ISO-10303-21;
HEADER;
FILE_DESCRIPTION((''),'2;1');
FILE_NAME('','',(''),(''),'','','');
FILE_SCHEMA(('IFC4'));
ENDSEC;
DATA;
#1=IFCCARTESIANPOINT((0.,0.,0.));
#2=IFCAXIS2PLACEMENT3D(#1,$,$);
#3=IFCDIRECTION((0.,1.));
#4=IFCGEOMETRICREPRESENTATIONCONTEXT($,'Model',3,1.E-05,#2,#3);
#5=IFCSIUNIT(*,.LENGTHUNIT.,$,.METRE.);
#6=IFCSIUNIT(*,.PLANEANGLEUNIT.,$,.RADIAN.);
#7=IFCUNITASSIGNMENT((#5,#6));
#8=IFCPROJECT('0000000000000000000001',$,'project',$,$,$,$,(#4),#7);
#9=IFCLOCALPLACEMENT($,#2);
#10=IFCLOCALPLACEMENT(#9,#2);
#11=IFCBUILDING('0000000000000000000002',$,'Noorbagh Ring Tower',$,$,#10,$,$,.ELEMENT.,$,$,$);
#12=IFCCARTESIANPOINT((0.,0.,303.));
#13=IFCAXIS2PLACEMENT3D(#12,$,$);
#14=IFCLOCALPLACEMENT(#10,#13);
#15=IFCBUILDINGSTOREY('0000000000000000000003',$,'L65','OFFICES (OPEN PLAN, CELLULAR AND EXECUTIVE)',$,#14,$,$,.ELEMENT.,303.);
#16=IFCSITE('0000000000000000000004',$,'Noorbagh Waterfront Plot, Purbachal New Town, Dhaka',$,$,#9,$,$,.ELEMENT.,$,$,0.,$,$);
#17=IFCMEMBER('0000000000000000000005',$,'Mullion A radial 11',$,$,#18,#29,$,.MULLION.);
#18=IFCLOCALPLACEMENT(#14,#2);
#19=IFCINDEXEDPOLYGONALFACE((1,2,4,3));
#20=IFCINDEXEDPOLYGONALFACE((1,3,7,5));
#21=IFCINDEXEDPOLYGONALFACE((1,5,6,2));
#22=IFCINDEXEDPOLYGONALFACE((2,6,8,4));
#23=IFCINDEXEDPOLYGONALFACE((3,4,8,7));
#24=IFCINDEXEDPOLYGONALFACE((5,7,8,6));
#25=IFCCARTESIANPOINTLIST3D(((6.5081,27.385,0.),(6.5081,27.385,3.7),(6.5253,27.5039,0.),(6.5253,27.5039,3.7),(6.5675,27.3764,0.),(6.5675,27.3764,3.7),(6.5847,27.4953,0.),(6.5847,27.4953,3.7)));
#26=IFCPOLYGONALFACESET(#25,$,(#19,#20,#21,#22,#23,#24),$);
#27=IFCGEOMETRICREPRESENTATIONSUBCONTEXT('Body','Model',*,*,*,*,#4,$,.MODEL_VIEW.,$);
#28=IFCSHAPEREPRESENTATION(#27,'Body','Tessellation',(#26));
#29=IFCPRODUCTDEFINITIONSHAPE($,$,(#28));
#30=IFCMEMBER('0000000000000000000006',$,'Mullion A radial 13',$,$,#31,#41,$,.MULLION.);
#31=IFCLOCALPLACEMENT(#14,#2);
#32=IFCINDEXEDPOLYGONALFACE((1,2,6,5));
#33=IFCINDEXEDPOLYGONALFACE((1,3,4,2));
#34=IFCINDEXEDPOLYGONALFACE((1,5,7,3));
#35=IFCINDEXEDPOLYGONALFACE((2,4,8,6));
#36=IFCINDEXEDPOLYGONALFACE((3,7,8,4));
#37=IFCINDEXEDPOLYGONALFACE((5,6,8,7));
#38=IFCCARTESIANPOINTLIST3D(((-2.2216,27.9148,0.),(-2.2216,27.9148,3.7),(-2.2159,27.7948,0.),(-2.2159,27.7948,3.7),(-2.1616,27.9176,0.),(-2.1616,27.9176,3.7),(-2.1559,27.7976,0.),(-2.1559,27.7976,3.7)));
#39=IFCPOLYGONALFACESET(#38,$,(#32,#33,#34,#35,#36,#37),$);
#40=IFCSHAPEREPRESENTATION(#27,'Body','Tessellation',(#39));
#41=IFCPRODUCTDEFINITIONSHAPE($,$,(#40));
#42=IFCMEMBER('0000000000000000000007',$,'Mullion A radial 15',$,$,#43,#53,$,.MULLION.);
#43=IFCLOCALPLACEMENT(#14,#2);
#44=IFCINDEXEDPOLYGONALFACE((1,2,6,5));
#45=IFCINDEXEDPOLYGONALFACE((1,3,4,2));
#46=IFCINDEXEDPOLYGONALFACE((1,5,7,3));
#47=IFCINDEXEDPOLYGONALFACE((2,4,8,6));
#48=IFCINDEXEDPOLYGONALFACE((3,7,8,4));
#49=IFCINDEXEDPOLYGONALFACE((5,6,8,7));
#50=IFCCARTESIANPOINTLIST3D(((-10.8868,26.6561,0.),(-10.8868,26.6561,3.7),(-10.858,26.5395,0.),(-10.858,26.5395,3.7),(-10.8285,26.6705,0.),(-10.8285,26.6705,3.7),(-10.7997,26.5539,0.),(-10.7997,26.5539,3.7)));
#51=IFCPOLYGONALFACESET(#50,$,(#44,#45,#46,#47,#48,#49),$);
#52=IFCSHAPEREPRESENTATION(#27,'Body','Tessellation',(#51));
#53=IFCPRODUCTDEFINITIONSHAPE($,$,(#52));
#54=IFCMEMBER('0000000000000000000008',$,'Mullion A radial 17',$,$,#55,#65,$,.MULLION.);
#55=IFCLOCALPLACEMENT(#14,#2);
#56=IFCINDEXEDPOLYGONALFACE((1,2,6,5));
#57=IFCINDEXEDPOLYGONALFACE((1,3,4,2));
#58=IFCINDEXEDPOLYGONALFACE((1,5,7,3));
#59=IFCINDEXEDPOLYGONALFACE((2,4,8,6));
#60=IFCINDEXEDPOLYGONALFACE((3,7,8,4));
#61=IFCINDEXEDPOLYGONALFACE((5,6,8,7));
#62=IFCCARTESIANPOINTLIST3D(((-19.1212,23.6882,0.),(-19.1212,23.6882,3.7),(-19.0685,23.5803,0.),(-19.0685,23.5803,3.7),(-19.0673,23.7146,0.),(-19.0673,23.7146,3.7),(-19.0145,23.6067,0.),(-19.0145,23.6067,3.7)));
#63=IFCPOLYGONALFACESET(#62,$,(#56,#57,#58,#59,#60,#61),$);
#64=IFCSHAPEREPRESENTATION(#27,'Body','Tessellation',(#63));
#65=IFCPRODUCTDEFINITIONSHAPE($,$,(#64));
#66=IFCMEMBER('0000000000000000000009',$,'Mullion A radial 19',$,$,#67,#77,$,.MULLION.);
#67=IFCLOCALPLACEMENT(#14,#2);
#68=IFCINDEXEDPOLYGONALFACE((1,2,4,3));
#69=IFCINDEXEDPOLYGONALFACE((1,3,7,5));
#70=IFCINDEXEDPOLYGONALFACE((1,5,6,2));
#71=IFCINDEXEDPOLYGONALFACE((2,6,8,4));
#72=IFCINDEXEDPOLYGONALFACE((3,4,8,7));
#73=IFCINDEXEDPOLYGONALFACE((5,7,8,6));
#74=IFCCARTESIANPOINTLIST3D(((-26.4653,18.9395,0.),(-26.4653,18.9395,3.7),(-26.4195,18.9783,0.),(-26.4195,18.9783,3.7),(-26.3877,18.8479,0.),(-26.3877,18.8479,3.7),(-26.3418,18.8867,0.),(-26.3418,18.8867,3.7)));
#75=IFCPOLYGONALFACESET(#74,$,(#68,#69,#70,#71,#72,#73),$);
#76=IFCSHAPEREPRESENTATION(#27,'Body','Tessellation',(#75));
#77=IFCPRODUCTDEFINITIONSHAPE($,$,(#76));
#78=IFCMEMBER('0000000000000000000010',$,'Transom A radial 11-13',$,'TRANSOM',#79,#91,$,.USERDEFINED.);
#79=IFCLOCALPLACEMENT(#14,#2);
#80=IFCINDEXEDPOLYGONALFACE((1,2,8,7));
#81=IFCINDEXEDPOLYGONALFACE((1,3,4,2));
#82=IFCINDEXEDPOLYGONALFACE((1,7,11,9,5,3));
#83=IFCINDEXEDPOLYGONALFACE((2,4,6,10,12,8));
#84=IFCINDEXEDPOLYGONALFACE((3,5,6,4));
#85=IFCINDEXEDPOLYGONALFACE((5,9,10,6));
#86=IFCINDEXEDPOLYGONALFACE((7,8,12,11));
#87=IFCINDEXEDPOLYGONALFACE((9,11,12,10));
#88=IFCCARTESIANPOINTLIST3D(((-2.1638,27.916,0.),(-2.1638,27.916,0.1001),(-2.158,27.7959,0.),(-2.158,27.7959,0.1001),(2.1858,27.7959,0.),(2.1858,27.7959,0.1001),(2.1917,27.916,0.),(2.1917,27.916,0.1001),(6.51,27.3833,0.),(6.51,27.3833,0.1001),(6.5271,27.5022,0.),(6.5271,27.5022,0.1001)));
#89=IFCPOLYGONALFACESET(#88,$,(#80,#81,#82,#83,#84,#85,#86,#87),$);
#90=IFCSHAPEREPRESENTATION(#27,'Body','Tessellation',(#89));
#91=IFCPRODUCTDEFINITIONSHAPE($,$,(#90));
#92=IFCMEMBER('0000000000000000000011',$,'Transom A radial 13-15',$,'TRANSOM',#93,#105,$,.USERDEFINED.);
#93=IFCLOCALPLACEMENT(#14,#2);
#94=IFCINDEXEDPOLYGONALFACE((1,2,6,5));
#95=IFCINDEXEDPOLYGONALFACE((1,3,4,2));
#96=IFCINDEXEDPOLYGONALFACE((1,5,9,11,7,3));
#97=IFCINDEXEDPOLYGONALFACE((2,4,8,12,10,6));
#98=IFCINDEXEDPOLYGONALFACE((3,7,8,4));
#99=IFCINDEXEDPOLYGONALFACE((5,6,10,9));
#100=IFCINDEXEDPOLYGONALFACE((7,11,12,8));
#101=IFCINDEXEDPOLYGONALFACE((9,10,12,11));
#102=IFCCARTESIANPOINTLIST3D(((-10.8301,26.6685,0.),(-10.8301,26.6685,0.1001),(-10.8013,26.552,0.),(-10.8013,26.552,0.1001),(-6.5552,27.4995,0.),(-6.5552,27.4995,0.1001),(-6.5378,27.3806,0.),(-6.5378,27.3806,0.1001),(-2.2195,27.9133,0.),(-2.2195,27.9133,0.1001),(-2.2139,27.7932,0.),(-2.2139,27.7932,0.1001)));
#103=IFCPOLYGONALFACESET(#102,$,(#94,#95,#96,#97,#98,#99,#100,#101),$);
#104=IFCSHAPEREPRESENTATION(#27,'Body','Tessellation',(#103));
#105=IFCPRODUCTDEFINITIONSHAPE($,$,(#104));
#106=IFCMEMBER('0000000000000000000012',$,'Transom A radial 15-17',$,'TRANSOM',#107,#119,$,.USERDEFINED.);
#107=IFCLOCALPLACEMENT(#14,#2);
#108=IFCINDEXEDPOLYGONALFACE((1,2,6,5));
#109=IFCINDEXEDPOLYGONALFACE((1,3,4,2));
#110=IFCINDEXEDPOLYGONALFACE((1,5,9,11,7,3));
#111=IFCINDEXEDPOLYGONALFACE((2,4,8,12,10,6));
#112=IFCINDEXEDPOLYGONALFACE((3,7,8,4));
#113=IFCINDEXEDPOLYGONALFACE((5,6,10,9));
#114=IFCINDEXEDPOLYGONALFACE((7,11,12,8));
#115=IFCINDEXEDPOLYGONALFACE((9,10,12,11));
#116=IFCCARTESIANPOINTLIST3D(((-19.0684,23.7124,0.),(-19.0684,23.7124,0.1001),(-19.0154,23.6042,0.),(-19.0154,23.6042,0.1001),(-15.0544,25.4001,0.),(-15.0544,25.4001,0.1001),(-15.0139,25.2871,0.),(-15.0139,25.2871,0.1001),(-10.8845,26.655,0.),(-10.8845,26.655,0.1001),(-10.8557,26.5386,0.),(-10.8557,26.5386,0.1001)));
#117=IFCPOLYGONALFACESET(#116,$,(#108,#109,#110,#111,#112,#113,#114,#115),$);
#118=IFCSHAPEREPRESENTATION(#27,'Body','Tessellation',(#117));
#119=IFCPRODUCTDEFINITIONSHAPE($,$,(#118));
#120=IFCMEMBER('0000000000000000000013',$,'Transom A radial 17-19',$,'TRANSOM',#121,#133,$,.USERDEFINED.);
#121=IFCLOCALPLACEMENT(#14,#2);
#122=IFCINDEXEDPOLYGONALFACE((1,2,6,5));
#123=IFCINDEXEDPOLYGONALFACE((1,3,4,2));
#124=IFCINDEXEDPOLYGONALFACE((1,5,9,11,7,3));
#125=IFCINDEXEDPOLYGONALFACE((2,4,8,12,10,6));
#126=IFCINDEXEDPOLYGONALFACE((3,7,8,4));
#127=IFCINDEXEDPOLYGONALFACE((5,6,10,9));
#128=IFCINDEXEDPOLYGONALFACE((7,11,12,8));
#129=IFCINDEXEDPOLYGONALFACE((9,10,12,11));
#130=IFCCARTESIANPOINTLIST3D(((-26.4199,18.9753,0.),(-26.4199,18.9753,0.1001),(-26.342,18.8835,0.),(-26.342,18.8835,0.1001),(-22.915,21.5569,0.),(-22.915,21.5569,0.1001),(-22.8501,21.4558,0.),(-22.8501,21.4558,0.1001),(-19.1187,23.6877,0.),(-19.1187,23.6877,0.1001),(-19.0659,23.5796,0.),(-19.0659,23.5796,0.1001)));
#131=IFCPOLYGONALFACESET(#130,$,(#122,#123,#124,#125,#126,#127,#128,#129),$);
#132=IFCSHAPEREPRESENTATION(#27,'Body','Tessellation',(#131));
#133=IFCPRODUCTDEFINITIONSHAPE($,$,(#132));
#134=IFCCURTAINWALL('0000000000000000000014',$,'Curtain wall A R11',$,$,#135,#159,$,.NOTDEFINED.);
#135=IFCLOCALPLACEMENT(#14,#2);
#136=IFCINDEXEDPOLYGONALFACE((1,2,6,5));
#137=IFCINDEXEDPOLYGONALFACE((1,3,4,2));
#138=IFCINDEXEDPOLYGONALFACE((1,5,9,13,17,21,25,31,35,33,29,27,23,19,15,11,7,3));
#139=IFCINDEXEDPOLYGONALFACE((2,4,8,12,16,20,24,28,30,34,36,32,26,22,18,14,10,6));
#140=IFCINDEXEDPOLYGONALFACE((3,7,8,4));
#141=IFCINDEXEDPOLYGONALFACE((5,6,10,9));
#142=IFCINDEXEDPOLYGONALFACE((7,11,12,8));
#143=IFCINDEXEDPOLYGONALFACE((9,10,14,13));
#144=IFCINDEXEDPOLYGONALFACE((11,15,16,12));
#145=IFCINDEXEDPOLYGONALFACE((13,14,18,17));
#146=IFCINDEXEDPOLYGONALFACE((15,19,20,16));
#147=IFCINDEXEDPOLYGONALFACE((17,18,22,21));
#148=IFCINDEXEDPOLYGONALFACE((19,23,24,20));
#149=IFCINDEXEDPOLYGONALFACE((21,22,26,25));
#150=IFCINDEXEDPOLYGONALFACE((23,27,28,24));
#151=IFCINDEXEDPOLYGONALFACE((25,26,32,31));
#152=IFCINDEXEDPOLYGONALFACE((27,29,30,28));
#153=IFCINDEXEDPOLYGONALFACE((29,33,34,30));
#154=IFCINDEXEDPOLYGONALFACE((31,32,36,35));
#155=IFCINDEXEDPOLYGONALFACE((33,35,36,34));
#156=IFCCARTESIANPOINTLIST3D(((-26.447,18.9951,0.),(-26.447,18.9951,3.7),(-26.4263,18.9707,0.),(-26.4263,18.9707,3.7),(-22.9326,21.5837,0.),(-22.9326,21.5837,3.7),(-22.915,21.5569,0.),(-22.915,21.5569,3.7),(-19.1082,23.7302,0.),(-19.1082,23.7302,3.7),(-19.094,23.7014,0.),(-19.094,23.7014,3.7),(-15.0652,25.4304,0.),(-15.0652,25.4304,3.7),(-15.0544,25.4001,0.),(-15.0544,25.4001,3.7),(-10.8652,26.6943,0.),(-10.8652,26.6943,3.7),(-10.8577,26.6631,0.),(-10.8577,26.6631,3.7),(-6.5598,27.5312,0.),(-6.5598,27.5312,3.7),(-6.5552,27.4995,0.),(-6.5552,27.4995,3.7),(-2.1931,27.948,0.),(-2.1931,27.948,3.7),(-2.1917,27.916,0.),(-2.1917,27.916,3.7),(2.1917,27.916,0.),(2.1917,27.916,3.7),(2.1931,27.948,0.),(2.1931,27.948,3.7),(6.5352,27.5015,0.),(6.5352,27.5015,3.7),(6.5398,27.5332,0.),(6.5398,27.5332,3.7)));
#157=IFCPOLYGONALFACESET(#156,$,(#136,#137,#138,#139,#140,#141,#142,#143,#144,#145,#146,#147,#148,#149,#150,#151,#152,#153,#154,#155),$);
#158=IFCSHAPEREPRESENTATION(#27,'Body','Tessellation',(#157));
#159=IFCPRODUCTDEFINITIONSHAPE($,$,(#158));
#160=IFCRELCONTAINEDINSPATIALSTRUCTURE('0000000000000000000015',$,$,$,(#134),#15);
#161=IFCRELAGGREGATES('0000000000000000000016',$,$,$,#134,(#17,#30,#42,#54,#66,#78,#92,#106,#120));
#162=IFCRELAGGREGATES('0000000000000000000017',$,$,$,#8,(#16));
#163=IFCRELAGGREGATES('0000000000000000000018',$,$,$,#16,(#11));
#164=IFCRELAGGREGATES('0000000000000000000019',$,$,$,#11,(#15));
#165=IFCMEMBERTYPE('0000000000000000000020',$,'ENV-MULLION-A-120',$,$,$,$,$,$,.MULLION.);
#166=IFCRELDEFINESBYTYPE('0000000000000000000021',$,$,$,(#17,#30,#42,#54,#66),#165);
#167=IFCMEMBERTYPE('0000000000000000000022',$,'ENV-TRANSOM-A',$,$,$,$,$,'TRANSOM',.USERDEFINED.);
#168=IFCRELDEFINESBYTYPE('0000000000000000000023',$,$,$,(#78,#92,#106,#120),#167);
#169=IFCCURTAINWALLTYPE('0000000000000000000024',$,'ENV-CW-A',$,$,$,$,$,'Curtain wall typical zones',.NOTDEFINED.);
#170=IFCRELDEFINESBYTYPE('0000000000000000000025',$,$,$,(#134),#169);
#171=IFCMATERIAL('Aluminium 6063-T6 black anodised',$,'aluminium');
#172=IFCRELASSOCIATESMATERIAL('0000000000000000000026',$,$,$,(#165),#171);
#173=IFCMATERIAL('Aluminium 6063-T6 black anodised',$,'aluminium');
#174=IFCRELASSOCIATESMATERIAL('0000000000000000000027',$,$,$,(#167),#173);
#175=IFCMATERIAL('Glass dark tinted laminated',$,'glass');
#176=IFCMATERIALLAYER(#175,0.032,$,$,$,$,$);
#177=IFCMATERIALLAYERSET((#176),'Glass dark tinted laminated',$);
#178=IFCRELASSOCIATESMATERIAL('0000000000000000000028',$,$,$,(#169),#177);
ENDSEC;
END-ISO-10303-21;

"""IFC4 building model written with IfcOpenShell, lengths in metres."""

from ifc_helpers import new_model, si_unit, direction, frame, origin, origin_2d, place, context, subcontext, project, spatial, polyline, rectangle, outline, extrude, material, layer, layer_set, material_profile, profile_set, type_object, element, aggregate, save


model = new_model("IFC4")

# Units and contexts
model_context = context("Model", 3, precision=1e-05, world=origin(), true_north=direction((0.0, 1.0)))
body_context = subcontext(model_context, "Body", "Model", "MODEL_VIEW")
ifc_project = project(units=[si_unit("LENGTHUNIT", "METRE"), si_unit("PLANEANGLEUNIT", "RADIAN")], contexts=[model_context])

# Members
ifc_material_1 = material(Name="Aluminium 6063-T6 black anodised", Category="aluminium")
ifc_material_profile = material_profile(ifc_material_1, rectangle(XDim=0.1201, YDim=0.0601, at=origin_2d()), Name="120x60")
ifc_profile_set = profile_set([ifc_material_profile], Name="Aluminium 6063-T6 black anodised")
member_type_1 = type_object("IfcMemberType", Name="ENV-MULLION-A-120", PredefinedType="MULLION", material=ifc_profile_set)
site_placement = place(None, origin())
building_placement = place(site_placement, origin())
storey_placement = place(building_placement, frame((0.0, 0.0, 303.0)))
member_1_placement = place(storey_placement, frame((6.5464, 27.4402, 0.0), z_axis=(0.0, 0.0, 1.0), x_axis=(-0.143082, -0.989711, 0.0)))
member_1 = element("IfcMember", 1, at=member_1_placement, type_object=member_type_1, Name="Mullion A radial 11", PredefinedType="MULLION", context=body_context, shape_type="SweptSolid", body=[
    extrude(rectangle(XDim=0.1201, YDim=0.0601, at=origin_2d()), origin(), (0.0, 0.0, 1.0), 3.7),
])
member_2_placement = place(storey_placement, frame((-2.1887, 27.8562, 0.0), z_axis=(0.0, 0.0, 1.0), x_axis=(0.047558, -0.998868, 0.0)))
member_2 = element("IfcMember", 2, at=member_2_placement, type_object=member_type_1, Name="Mullion A radial 13", PredefinedType="MULLION", context=body_context, shape_type="SweptSolid", body=[
    extrude(rectangle(XDim=0.1201, YDim=0.0601, at=origin_2d()), origin(), (0.0, 0.0, 1.0), 3.7),
])
member_3_placement = place(storey_placement, frame((-10.8433, 26.605, 0.0), z_axis=(0.0, 0.0, 1.0), x_axis=(0.239799, -0.970823, 0.0)))
member_3 = element("IfcMember", 3, at=member_3_placement, type_object=member_type_1, Name="Mullion A radial 15", PredefinedType="MULLION", context=body_context, shape_type="SweptSolid", body=[
    extrude(rectangle(XDim=0.1201, YDim=0.0601, at=origin_2d()), origin(), (0.0, 0.0, 1.0), 3.7),
])
member_4_placement = place(storey_placement, frame((-19.0679, 23.6475, 0.0), z_axis=(0.0, 0.0, 1.0), x_axis=(0.439238, -0.898371, 0.0)))
member_4 = element("IfcMember", 4, at=member_4_placement, type_object=member_type_1, Name="Mullion A radial 17", PredefinedType="MULLION", context=body_context, shape_type="SweptSolid", body=[
    extrude(rectangle(XDim=0.1201, YDim=0.0601, at=origin_2d()), origin(), (0.0, 0.0, 1.0), 3.7),
])
member_5_placement = place(storey_placement, frame((-26.4036, 18.9131, 0.0), z_axis=(0.0, 0.0, 1.0), x_axis=(0.646451, -0.762955, 0.0)))
member_5 = element("IfcMember", 5, at=member_5_placement, type_object=member_type_1, Name="Mullion A radial 19", PredefinedType="MULLION", context=body_context, shape_type="SweptSolid", body=[
    extrude(rectangle(XDim=0.1201, YDim=0.0601, at=origin_2d()), origin(), (0.0, 0.0, 1.0), 3.7),
])
ifc_material_2 = material(Name="Aluminium 6063-T6 black anodised", Category="aluminium")
member_type_2 = type_object("IfcMemberType", Name="ENV-TRANSOM-A", ElementType="TRANSOM", PredefinedType="USERDEFINED", material=ifc_material_2)
member_6_placement = place(storey_placement, origin())
member_6 = element("IfcMember", 6, at=member_6_placement, type_object=member_type_2, Name="Transom A radial 11-13", ObjectType="TRANSOM", PredefinedType="USERDEFINED", context=body_context, shape_type="SweptSolid", body=[
    extrude(outline(polyline([(6.5271, 27.5022), (2.1917, 27.916), (-2.1638, 27.916), (-2.158, 27.7959), (2.1858, 27.7959), (6.51, 27.3833), (6.5271, 27.5022)])), origin(), (0.0, 0.0, 1.0), 0.1001),
])
member_7_placement = place(storey_placement, origin())
member_7 = element("IfcMember", 7, at=member_7_placement, type_object=member_type_2, Name="Transom A radial 13-15", ObjectType="TRANSOM", PredefinedType="USERDEFINED", context=body_context, shape_type="SweptSolid", body=[
    extrude(outline(polyline([(-2.2195, 27.9133), (-6.5552, 27.4995), (-10.8301, 26.6685), (-10.8013, 26.552), (-6.5378, 27.3806), (-2.2139, 27.7932), (-2.2195, 27.9133)])), origin(), (0.0, 0.0, 1.0), 0.1001),
])
member_8_placement = place(storey_placement, origin())
member_8 = element("IfcMember", 8, at=member_8_placement, type_object=member_type_2, Name="Transom A radial 15-17", ObjectType="TRANSOM", PredefinedType="USERDEFINED", context=body_context, shape_type="SweptSolid", body=[
    extrude(outline(polyline([(-10.8845, 26.655), (-15.0544, 25.4001), (-19.0684, 23.7124), (-19.0154, 23.6042), (-15.0139, 25.2871), (-10.8557, 26.5386), (-10.8845, 26.655)])), origin(), (0.0, 0.0, 1.0), 0.1001),
])
member_9_placement = place(storey_placement, origin())
member_9 = element("IfcMember", 9, at=member_9_placement, type_object=member_type_2, Name="Transom A radial 17-19", ObjectType="TRANSOM", PredefinedType="USERDEFINED", context=body_context, shape_type="SweptSolid", body=[
    extrude(outline(polyline([(-19.1187, 23.6877), (-22.915, 21.5569), (-26.4199, 18.9753), (-26.342, 18.8835), (-22.8501, 21.4558), (-19.0659, 23.5796), (-19.1187, 23.6877)])), origin(), (0.0, 0.0, 1.0), 0.1001),
])

# Site, building, storey
site = spatial("IfcSite", under=ifc_project, at=site_placement, Name="Noorbagh Waterfront Plot, Purbachal New Town, Dhaka", CompositionType="ELEMENT", RefElevation=0.0)
building = spatial("IfcBuilding", under=site, at=building_placement, Name="Noorbagh Ring Tower", CompositionType="ELEMENT")
storey = spatial("IfcBuildingStorey", under=building, at=storey_placement, Name="L65", Description="OFFICES (OPEN PLAN, CELLULAR AND EXECUTIVE)", CompositionType="ELEMENT", Elevation=303.0)

# Curtain wall
ifc_material_3 = material(Name="Glass dark tinted laminated", Category="glass")
ifc_layer_1 = layer(ifc_material_3, 0.032)
ifc_layer_set_1 = layer_set([ifc_layer_1], Name="Glass dark tinted laminated")
curtain_wall_type = type_object("IfcCurtainWallType", Name="ENV-CW-A", ElementType="Curtain wall typical zones", PredefinedType="NOTDEFINED", material=ifc_layer_set_1)
curtain_wall_1_placement = place(storey_placement, origin())
curtain_wall_1 = element("IfcCurtainWall", 10, at=curtain_wall_1_placement, inside=storey, type_object=curtain_wall_type, Name="Curtain wall A R11", PredefinedType="NOTDEFINED", context=body_context, shape_type="SweptSolid", body=[
    extrude(outline(polyline([(6.5398, 27.5332), (2.1931, 27.948), (-2.1931, 27.948), (-6.5598, 27.5312), (-10.8652, 26.6943), (-15.0652, 25.4304), (-19.1082, 23.7302), (-22.9326, 21.5837), (-26.447, 18.9951), (-26.4263, 18.9707), (-22.915, 21.5569), (-19.094, 23.7014), (-15.0544, 25.4001), (-10.8577, 26.6631), (-6.5552, 27.4995), (-2.1917, 27.916), (2.1917, 27.916), (6.5352, 27.5015), (6.5398, 27.5332)])), origin(), (0.0, 0.0, 1.0), 3.7),
])
aggregate(curtain_wall_1, [member_1, member_2, member_3, member_4, member_5, member_6, member_7, member_8, member_9])

save(model, "model.ifc")
